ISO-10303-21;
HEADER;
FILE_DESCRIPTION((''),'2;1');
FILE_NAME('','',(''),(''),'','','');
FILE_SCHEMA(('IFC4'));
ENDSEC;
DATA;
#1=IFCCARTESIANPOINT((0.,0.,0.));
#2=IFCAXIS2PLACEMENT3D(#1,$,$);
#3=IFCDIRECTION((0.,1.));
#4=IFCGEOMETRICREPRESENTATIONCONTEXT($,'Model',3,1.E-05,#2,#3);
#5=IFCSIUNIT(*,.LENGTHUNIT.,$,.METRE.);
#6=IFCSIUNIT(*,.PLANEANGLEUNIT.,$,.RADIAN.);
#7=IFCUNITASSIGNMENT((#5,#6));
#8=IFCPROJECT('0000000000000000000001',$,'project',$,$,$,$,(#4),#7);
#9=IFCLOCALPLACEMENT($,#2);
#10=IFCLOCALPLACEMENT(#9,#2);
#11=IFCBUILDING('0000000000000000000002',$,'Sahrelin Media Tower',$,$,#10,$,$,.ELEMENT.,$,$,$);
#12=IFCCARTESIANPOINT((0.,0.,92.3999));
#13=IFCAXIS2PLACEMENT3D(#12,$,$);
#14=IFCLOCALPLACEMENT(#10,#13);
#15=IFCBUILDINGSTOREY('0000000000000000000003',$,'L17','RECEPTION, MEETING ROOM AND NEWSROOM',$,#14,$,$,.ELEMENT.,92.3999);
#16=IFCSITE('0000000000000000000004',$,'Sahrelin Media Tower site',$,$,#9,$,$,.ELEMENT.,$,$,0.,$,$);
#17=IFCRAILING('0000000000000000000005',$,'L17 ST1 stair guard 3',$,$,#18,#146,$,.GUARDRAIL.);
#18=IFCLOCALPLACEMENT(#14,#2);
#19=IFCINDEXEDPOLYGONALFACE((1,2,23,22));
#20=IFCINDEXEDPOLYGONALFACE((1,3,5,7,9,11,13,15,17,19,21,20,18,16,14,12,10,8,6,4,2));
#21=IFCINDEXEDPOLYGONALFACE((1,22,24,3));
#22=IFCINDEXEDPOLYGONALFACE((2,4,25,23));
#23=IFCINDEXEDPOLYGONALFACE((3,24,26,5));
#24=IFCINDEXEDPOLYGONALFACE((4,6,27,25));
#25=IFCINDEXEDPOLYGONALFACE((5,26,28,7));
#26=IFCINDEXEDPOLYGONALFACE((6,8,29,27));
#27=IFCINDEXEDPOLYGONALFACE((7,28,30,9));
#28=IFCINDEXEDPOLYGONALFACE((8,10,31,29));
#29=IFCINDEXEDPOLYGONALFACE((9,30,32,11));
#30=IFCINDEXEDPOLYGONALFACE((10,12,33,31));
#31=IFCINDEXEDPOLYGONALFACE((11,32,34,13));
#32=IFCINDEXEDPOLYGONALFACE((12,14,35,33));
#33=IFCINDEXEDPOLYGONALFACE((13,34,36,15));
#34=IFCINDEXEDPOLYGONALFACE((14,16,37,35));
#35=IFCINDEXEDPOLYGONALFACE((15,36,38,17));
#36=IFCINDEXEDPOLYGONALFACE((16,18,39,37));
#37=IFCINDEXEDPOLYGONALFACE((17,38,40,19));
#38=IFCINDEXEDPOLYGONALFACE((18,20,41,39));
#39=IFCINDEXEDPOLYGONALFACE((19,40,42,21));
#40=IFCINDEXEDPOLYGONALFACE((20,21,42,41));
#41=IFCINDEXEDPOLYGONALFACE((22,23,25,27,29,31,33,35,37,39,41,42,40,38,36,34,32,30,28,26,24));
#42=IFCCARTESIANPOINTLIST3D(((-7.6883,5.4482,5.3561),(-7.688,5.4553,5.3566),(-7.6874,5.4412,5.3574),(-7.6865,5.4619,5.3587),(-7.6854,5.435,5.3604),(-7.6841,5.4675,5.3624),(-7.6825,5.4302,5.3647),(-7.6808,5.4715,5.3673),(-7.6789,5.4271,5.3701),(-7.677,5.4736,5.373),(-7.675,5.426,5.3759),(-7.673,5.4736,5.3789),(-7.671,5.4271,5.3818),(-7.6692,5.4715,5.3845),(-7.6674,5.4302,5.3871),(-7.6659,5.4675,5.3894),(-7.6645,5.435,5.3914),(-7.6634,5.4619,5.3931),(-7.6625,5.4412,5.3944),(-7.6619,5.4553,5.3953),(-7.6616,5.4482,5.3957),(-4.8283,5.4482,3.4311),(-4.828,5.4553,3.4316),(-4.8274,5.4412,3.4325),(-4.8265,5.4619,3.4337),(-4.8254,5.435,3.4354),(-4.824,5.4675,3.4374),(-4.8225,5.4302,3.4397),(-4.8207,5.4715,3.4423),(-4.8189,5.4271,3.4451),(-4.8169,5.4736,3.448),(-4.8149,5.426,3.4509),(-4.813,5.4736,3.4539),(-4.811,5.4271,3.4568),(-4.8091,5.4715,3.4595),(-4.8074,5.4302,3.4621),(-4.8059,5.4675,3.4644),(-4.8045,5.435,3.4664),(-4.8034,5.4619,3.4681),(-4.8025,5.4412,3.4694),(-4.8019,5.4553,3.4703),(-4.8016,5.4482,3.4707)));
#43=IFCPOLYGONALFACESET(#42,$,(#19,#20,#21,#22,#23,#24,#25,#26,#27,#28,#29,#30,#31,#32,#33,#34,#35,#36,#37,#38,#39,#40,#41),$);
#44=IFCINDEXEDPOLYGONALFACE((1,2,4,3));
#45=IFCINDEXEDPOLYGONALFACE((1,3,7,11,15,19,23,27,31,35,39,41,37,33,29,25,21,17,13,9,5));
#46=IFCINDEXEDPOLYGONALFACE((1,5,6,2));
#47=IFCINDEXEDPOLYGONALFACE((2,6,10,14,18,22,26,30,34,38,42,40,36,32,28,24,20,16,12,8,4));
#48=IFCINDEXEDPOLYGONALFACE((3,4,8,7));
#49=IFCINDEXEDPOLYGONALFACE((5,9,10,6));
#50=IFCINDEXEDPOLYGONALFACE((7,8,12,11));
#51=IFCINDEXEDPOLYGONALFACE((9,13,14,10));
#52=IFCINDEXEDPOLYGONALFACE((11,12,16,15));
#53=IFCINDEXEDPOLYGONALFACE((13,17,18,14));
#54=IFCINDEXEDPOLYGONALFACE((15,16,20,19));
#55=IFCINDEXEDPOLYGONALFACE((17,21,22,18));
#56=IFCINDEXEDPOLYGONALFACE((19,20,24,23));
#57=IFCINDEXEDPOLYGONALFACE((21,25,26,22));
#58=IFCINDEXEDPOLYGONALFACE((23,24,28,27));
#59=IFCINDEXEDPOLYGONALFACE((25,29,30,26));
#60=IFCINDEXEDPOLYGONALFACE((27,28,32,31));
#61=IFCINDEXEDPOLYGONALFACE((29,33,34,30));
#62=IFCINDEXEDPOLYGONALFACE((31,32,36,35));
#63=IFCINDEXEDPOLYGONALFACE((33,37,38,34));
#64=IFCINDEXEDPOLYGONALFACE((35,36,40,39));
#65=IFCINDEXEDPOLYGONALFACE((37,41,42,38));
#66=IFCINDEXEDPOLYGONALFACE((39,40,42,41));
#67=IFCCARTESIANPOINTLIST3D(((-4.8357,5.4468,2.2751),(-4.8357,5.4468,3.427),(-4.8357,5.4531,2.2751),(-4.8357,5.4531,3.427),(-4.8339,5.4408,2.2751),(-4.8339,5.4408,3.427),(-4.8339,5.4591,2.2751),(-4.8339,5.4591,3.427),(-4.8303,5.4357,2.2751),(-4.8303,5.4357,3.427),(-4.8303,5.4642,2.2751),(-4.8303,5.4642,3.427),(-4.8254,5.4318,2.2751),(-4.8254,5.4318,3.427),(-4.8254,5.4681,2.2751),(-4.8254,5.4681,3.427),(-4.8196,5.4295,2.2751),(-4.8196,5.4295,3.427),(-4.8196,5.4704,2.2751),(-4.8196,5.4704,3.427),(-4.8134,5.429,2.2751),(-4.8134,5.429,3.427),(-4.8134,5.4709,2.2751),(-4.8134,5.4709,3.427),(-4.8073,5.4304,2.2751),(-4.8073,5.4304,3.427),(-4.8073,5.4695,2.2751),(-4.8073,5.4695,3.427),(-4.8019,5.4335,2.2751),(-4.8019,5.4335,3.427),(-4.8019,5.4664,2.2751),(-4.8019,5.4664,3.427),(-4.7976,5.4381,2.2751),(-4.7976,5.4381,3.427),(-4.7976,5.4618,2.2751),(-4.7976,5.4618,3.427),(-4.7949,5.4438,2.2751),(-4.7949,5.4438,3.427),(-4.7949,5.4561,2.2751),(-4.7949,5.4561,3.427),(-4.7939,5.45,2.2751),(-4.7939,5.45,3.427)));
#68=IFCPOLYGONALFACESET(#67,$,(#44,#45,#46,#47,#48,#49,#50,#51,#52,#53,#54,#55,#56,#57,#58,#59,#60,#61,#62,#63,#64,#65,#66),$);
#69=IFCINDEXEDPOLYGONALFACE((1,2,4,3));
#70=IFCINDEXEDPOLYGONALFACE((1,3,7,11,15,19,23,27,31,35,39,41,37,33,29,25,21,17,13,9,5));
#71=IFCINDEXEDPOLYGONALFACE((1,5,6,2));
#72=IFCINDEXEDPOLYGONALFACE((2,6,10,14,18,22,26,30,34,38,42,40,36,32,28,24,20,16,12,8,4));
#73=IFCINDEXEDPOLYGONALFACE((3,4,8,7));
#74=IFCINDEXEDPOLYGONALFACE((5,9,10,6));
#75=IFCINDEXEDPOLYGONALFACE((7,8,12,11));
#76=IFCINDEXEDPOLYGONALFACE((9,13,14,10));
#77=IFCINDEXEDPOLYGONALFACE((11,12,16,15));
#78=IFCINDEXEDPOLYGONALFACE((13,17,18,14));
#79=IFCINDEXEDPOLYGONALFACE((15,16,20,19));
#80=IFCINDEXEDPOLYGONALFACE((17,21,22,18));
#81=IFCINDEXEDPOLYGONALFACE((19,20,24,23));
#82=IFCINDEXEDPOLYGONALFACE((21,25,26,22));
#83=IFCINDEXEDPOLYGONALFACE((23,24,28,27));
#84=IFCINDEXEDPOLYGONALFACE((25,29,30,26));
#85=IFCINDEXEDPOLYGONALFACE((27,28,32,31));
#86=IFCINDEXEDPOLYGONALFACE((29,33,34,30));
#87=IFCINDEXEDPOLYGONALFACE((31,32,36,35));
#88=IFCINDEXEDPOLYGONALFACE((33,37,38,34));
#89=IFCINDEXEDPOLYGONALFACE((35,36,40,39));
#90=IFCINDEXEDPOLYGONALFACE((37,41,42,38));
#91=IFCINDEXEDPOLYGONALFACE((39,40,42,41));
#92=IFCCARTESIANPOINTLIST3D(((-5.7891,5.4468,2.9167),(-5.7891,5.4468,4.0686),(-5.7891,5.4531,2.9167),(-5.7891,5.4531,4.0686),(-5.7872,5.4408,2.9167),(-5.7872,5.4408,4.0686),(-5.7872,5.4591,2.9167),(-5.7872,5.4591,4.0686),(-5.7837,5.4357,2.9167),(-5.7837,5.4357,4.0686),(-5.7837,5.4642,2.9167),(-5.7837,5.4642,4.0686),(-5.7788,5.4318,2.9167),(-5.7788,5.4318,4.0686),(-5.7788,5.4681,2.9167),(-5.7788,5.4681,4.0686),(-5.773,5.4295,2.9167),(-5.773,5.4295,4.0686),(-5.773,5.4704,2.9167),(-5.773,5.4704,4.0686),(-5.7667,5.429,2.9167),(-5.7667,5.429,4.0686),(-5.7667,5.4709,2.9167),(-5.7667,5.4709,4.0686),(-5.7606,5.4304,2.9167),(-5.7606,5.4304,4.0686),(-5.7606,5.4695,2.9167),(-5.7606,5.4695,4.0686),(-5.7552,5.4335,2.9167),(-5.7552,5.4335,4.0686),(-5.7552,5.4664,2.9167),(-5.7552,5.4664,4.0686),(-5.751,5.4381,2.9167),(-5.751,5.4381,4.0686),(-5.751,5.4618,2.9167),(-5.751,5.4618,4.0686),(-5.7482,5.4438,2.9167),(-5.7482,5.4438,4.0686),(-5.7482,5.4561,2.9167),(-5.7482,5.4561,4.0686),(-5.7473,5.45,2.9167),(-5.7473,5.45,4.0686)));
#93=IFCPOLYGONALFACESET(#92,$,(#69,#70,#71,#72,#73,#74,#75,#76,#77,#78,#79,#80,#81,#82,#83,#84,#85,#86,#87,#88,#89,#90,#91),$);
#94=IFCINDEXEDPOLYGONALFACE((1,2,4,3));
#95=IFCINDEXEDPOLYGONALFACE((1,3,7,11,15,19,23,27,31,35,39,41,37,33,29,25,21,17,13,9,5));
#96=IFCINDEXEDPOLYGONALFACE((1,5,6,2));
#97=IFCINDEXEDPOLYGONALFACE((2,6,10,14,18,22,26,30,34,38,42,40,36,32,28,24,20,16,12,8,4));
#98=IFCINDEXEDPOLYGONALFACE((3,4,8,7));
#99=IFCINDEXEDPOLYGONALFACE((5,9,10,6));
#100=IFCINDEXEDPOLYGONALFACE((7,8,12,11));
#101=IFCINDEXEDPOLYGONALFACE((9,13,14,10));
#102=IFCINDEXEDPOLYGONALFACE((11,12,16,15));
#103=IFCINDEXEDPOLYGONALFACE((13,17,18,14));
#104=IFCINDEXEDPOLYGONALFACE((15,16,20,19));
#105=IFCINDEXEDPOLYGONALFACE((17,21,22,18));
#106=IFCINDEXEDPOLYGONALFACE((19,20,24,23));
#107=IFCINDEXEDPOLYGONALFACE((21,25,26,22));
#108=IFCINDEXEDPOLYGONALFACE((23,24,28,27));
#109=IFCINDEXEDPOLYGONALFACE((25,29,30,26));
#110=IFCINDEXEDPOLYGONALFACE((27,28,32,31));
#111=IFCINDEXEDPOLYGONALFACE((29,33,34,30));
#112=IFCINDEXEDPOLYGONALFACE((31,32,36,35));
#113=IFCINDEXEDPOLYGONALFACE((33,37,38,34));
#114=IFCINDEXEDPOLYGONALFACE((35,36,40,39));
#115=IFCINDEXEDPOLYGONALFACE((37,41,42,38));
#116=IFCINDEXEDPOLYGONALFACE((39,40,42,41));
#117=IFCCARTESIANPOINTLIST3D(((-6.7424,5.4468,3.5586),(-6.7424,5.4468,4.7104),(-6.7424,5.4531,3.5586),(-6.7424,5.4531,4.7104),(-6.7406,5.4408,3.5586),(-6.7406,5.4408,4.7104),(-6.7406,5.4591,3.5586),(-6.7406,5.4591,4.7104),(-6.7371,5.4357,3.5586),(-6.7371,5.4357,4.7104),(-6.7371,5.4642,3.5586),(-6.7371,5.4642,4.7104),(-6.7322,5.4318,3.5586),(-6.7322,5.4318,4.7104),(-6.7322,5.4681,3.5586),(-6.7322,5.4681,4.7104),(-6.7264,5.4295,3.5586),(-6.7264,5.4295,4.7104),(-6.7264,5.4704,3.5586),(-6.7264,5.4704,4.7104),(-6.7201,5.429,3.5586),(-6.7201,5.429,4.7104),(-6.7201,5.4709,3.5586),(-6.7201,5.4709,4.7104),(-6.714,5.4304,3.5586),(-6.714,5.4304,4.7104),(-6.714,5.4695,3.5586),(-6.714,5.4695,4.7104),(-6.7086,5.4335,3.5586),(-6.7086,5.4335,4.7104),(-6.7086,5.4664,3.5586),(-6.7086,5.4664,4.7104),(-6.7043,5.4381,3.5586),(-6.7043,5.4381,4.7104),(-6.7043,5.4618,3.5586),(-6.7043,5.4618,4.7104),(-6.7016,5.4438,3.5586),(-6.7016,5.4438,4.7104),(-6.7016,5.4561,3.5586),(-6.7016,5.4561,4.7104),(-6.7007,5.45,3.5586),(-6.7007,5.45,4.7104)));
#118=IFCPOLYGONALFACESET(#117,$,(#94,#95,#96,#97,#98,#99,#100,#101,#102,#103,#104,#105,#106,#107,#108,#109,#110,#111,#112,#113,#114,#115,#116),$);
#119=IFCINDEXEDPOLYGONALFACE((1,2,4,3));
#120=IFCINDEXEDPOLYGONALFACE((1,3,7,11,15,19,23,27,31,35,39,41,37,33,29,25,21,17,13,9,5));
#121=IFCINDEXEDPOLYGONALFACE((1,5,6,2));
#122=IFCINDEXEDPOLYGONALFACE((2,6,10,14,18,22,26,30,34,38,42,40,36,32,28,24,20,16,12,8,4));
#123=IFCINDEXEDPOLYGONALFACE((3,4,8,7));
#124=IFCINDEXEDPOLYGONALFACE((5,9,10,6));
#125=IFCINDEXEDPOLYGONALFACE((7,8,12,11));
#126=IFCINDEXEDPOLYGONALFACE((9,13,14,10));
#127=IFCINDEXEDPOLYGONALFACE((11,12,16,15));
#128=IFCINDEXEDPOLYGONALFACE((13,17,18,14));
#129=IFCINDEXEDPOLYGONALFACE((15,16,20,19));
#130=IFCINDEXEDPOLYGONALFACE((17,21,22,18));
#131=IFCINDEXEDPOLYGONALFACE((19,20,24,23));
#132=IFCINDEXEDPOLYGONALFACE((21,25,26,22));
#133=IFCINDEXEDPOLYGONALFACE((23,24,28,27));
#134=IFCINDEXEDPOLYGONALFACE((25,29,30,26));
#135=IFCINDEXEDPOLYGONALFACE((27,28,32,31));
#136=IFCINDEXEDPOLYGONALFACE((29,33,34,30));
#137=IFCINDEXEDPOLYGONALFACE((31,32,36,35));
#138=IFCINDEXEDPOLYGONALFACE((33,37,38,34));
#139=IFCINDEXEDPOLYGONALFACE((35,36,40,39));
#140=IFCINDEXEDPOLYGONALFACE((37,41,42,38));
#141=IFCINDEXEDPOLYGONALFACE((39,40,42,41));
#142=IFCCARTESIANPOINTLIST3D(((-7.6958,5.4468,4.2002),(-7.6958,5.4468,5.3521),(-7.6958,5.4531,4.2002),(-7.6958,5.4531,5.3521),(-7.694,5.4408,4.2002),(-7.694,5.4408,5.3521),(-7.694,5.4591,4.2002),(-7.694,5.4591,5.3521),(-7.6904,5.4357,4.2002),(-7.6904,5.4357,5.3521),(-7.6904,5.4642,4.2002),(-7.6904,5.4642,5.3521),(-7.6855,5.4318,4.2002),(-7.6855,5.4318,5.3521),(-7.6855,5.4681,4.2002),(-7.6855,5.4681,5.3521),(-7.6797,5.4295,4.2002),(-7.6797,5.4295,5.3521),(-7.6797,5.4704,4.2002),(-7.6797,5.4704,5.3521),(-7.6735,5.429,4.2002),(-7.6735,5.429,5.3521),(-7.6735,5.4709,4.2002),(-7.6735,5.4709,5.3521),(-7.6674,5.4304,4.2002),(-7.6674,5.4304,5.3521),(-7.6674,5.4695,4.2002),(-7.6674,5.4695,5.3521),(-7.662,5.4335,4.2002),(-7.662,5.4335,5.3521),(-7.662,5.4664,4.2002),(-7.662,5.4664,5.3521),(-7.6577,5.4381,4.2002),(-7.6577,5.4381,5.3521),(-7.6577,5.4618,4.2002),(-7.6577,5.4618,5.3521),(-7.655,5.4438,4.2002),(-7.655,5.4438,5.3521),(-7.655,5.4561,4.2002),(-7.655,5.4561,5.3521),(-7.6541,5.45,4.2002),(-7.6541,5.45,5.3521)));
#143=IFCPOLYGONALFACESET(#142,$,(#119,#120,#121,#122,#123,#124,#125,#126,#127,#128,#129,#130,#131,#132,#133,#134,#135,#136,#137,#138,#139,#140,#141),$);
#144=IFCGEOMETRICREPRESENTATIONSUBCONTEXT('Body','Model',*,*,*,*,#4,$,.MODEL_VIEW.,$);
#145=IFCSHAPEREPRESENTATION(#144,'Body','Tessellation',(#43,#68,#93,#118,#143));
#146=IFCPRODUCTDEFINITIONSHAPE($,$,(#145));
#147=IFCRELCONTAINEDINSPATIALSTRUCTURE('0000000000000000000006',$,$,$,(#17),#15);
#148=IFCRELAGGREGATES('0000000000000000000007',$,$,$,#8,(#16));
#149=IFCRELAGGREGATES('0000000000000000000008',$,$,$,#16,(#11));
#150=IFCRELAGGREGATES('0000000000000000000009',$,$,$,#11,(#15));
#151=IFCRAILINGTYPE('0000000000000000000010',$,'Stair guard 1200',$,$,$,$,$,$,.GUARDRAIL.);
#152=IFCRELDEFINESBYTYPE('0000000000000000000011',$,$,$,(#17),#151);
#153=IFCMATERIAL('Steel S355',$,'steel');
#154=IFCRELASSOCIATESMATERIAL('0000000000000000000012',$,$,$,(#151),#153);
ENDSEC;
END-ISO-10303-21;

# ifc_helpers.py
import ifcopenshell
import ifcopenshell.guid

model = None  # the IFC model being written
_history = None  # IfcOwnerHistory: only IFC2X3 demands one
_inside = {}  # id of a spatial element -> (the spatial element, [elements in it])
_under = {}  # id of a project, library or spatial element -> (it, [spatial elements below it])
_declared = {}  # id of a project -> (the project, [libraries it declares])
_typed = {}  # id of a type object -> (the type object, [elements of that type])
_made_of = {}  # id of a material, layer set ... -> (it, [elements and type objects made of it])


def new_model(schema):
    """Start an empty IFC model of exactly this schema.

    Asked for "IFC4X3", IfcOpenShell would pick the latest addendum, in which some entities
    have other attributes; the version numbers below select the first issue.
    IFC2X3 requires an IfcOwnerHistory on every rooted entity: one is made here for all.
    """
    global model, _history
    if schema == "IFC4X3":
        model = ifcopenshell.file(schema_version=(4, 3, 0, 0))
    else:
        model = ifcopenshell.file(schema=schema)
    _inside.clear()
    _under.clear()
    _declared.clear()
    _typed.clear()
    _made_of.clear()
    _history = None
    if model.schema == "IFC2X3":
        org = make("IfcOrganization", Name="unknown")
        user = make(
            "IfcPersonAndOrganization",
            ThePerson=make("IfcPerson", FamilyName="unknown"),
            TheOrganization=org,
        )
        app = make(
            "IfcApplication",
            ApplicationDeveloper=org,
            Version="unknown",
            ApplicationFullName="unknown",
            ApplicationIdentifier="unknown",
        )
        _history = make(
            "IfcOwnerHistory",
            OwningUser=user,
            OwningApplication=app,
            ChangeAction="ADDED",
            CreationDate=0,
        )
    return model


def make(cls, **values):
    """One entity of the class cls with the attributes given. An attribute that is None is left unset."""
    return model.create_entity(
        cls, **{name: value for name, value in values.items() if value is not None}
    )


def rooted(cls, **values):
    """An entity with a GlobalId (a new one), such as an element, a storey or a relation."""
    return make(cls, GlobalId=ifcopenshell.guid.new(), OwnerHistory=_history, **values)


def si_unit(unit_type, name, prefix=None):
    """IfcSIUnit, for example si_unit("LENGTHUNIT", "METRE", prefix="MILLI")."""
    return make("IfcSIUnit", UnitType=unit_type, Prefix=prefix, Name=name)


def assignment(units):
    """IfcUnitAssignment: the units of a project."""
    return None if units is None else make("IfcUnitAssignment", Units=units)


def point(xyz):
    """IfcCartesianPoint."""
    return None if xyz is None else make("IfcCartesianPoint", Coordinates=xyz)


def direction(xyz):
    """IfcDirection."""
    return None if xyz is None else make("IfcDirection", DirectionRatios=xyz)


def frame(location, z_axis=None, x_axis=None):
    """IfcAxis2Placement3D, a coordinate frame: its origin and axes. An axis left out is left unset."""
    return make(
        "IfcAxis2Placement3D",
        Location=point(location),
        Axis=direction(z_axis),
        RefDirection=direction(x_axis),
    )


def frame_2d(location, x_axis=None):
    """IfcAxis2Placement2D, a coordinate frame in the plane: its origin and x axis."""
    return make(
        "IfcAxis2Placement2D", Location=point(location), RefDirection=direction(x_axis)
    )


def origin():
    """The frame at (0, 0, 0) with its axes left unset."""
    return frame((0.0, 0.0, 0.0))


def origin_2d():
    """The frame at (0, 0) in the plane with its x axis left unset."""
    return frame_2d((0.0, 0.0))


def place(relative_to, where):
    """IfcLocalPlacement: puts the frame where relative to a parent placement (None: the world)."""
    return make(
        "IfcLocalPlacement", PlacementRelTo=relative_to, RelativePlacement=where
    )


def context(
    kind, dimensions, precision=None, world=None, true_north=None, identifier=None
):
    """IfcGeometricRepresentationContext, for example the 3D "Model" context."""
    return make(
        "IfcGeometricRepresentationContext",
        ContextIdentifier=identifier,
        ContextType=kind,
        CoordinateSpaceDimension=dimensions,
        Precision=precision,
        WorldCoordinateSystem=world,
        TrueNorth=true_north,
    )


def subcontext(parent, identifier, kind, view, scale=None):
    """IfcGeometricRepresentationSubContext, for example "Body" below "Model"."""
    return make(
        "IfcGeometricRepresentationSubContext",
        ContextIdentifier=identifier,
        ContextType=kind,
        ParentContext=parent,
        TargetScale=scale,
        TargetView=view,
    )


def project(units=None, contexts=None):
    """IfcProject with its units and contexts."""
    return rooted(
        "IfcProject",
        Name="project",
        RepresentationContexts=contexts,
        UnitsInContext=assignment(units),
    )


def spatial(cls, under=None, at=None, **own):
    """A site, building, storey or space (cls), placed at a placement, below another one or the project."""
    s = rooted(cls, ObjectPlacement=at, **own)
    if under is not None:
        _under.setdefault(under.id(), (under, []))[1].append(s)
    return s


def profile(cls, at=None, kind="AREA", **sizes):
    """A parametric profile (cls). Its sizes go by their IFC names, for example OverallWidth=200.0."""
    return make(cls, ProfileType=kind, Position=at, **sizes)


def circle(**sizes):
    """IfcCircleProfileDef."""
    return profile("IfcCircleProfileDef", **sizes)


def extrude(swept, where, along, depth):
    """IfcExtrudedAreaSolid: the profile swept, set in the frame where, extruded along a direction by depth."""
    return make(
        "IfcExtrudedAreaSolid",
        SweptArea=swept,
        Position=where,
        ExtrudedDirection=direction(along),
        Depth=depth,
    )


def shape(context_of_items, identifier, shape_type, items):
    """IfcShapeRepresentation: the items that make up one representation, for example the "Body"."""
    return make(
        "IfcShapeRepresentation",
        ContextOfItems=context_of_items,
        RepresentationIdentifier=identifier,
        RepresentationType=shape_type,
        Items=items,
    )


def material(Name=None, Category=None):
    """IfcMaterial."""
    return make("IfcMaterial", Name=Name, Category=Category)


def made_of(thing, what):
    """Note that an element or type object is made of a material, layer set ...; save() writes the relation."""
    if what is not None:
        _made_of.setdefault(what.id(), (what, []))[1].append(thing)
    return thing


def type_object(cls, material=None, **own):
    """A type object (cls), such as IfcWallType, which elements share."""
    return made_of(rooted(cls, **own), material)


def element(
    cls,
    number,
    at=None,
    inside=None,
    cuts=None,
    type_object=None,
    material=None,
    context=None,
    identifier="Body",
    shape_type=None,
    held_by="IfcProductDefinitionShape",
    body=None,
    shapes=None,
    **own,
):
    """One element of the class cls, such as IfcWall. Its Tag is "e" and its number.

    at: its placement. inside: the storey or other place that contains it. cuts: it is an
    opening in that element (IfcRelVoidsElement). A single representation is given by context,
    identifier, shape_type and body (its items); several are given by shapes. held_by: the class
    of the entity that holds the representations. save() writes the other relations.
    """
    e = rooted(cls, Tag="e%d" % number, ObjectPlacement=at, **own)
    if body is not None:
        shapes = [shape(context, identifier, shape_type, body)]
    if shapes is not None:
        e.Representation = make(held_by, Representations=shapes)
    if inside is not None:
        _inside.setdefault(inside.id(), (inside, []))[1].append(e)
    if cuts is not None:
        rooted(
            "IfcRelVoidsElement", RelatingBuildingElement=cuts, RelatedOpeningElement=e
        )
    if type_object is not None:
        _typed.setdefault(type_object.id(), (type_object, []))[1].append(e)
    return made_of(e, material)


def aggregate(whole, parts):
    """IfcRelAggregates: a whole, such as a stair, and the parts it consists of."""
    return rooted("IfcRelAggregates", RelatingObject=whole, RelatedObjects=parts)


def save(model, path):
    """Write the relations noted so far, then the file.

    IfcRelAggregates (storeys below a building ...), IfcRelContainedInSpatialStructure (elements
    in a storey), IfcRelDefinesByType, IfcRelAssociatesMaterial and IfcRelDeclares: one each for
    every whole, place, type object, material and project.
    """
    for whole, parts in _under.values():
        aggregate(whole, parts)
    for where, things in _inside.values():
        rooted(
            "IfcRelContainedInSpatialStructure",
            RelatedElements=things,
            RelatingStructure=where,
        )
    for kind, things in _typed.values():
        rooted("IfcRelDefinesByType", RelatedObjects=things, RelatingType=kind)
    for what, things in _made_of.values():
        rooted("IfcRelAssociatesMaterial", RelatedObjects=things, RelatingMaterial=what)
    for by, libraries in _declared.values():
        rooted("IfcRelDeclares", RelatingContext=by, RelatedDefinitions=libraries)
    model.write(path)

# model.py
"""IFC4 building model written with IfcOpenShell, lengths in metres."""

from ifc_helpers import new_model, si_unit, direction, frame, origin, origin_2d, place, context, subcontext, project, spatial, circle, extrude, material, type_object, element, save


model = new_model("IFC4")

# Units and contexts
model_context = context("Model", 3, precision=1e-05, world=origin(), true_north=direction((0.0, 1.0)))
body_context = subcontext(model_context, "Body", "Model", "MODEL_VIEW")
ifc_project = project(units=[si_unit("LENGTHUNIT", "METRE"), si_unit("PLANEANGLEUNIT", "RADIAN")], contexts=[model_context])

# Site, building, storey
site_placement = place(None, origin())
site = spatial("IfcSite", under=ifc_project, at=site_placement, Name="Sahrelin Media Tower site", CompositionType="ELEMENT", RefElevation=0.0)
building_placement = place(site_placement, origin())
building = spatial("IfcBuilding", under=site, at=building_placement, Name="Sahrelin Media Tower", CompositionType="ELEMENT")
storey_placement = place(building_placement, frame((0.0, 0.0, 92.3999)))
storey = spatial("IfcBuildingStorey", under=building, at=storey_placement, Name="L17", Description="RECEPTION, MEETING ROOM AND NEWSROOM", CompositionType="ELEMENT", Elevation=92.3999)

# Shared definitions
ifc_material_1 = material(Name="Steel S355", Category="steel")

# Railing
railing_type_1 = type_object("IfcRailingType", Name="Stair guard 1200", PredefinedType="GUARDRAIL", material=ifc_material_1)
railing_1_placement = place(storey_placement, frame((-4.8149, 5.45, 2.2751)))
element("IfcRailing", 1, at=railing_1_placement, inside=storey, type_object=railing_type_1, Name="L17 ST1 stair guard 3", PredefinedType="GUARDRAIL", context=body_context, shape_type="SweptSolid", body=[
    extrude(circle(Radius=0.0239, at=origin_2d()), frame((0.0, 0.0, 1.1758), z_axis=(-0.829591, 0.0, 0.558372), x_axis=(0.0, -1.0, 0.0)), (0.0, 0.0, 1.0), 3.4475),
    extrude(circle(Radius=0.021, at=origin_2d()), origin(), (0.0, 0.0, 1.0), 1.1519),
    extrude(circle(Radius=0.021, at=origin_2d()), frame((-0.9534, 0.0, 0.6416)), (0.0, 0.0, 1.0), 1.1519),
    extrude(circle(Radius=0.021, at=origin_2d()), frame((-1.9067, 0.0, 1.2834)), (0.0, 0.0, 1.0), 1.1519),
    extrude(circle(Radius=0.021, at=origin_2d()), frame((-2.8601, 0.0, 1.925)), (0.0, 0.0, 1.0), 1.1519),
])

save(model, "model.ifc")
